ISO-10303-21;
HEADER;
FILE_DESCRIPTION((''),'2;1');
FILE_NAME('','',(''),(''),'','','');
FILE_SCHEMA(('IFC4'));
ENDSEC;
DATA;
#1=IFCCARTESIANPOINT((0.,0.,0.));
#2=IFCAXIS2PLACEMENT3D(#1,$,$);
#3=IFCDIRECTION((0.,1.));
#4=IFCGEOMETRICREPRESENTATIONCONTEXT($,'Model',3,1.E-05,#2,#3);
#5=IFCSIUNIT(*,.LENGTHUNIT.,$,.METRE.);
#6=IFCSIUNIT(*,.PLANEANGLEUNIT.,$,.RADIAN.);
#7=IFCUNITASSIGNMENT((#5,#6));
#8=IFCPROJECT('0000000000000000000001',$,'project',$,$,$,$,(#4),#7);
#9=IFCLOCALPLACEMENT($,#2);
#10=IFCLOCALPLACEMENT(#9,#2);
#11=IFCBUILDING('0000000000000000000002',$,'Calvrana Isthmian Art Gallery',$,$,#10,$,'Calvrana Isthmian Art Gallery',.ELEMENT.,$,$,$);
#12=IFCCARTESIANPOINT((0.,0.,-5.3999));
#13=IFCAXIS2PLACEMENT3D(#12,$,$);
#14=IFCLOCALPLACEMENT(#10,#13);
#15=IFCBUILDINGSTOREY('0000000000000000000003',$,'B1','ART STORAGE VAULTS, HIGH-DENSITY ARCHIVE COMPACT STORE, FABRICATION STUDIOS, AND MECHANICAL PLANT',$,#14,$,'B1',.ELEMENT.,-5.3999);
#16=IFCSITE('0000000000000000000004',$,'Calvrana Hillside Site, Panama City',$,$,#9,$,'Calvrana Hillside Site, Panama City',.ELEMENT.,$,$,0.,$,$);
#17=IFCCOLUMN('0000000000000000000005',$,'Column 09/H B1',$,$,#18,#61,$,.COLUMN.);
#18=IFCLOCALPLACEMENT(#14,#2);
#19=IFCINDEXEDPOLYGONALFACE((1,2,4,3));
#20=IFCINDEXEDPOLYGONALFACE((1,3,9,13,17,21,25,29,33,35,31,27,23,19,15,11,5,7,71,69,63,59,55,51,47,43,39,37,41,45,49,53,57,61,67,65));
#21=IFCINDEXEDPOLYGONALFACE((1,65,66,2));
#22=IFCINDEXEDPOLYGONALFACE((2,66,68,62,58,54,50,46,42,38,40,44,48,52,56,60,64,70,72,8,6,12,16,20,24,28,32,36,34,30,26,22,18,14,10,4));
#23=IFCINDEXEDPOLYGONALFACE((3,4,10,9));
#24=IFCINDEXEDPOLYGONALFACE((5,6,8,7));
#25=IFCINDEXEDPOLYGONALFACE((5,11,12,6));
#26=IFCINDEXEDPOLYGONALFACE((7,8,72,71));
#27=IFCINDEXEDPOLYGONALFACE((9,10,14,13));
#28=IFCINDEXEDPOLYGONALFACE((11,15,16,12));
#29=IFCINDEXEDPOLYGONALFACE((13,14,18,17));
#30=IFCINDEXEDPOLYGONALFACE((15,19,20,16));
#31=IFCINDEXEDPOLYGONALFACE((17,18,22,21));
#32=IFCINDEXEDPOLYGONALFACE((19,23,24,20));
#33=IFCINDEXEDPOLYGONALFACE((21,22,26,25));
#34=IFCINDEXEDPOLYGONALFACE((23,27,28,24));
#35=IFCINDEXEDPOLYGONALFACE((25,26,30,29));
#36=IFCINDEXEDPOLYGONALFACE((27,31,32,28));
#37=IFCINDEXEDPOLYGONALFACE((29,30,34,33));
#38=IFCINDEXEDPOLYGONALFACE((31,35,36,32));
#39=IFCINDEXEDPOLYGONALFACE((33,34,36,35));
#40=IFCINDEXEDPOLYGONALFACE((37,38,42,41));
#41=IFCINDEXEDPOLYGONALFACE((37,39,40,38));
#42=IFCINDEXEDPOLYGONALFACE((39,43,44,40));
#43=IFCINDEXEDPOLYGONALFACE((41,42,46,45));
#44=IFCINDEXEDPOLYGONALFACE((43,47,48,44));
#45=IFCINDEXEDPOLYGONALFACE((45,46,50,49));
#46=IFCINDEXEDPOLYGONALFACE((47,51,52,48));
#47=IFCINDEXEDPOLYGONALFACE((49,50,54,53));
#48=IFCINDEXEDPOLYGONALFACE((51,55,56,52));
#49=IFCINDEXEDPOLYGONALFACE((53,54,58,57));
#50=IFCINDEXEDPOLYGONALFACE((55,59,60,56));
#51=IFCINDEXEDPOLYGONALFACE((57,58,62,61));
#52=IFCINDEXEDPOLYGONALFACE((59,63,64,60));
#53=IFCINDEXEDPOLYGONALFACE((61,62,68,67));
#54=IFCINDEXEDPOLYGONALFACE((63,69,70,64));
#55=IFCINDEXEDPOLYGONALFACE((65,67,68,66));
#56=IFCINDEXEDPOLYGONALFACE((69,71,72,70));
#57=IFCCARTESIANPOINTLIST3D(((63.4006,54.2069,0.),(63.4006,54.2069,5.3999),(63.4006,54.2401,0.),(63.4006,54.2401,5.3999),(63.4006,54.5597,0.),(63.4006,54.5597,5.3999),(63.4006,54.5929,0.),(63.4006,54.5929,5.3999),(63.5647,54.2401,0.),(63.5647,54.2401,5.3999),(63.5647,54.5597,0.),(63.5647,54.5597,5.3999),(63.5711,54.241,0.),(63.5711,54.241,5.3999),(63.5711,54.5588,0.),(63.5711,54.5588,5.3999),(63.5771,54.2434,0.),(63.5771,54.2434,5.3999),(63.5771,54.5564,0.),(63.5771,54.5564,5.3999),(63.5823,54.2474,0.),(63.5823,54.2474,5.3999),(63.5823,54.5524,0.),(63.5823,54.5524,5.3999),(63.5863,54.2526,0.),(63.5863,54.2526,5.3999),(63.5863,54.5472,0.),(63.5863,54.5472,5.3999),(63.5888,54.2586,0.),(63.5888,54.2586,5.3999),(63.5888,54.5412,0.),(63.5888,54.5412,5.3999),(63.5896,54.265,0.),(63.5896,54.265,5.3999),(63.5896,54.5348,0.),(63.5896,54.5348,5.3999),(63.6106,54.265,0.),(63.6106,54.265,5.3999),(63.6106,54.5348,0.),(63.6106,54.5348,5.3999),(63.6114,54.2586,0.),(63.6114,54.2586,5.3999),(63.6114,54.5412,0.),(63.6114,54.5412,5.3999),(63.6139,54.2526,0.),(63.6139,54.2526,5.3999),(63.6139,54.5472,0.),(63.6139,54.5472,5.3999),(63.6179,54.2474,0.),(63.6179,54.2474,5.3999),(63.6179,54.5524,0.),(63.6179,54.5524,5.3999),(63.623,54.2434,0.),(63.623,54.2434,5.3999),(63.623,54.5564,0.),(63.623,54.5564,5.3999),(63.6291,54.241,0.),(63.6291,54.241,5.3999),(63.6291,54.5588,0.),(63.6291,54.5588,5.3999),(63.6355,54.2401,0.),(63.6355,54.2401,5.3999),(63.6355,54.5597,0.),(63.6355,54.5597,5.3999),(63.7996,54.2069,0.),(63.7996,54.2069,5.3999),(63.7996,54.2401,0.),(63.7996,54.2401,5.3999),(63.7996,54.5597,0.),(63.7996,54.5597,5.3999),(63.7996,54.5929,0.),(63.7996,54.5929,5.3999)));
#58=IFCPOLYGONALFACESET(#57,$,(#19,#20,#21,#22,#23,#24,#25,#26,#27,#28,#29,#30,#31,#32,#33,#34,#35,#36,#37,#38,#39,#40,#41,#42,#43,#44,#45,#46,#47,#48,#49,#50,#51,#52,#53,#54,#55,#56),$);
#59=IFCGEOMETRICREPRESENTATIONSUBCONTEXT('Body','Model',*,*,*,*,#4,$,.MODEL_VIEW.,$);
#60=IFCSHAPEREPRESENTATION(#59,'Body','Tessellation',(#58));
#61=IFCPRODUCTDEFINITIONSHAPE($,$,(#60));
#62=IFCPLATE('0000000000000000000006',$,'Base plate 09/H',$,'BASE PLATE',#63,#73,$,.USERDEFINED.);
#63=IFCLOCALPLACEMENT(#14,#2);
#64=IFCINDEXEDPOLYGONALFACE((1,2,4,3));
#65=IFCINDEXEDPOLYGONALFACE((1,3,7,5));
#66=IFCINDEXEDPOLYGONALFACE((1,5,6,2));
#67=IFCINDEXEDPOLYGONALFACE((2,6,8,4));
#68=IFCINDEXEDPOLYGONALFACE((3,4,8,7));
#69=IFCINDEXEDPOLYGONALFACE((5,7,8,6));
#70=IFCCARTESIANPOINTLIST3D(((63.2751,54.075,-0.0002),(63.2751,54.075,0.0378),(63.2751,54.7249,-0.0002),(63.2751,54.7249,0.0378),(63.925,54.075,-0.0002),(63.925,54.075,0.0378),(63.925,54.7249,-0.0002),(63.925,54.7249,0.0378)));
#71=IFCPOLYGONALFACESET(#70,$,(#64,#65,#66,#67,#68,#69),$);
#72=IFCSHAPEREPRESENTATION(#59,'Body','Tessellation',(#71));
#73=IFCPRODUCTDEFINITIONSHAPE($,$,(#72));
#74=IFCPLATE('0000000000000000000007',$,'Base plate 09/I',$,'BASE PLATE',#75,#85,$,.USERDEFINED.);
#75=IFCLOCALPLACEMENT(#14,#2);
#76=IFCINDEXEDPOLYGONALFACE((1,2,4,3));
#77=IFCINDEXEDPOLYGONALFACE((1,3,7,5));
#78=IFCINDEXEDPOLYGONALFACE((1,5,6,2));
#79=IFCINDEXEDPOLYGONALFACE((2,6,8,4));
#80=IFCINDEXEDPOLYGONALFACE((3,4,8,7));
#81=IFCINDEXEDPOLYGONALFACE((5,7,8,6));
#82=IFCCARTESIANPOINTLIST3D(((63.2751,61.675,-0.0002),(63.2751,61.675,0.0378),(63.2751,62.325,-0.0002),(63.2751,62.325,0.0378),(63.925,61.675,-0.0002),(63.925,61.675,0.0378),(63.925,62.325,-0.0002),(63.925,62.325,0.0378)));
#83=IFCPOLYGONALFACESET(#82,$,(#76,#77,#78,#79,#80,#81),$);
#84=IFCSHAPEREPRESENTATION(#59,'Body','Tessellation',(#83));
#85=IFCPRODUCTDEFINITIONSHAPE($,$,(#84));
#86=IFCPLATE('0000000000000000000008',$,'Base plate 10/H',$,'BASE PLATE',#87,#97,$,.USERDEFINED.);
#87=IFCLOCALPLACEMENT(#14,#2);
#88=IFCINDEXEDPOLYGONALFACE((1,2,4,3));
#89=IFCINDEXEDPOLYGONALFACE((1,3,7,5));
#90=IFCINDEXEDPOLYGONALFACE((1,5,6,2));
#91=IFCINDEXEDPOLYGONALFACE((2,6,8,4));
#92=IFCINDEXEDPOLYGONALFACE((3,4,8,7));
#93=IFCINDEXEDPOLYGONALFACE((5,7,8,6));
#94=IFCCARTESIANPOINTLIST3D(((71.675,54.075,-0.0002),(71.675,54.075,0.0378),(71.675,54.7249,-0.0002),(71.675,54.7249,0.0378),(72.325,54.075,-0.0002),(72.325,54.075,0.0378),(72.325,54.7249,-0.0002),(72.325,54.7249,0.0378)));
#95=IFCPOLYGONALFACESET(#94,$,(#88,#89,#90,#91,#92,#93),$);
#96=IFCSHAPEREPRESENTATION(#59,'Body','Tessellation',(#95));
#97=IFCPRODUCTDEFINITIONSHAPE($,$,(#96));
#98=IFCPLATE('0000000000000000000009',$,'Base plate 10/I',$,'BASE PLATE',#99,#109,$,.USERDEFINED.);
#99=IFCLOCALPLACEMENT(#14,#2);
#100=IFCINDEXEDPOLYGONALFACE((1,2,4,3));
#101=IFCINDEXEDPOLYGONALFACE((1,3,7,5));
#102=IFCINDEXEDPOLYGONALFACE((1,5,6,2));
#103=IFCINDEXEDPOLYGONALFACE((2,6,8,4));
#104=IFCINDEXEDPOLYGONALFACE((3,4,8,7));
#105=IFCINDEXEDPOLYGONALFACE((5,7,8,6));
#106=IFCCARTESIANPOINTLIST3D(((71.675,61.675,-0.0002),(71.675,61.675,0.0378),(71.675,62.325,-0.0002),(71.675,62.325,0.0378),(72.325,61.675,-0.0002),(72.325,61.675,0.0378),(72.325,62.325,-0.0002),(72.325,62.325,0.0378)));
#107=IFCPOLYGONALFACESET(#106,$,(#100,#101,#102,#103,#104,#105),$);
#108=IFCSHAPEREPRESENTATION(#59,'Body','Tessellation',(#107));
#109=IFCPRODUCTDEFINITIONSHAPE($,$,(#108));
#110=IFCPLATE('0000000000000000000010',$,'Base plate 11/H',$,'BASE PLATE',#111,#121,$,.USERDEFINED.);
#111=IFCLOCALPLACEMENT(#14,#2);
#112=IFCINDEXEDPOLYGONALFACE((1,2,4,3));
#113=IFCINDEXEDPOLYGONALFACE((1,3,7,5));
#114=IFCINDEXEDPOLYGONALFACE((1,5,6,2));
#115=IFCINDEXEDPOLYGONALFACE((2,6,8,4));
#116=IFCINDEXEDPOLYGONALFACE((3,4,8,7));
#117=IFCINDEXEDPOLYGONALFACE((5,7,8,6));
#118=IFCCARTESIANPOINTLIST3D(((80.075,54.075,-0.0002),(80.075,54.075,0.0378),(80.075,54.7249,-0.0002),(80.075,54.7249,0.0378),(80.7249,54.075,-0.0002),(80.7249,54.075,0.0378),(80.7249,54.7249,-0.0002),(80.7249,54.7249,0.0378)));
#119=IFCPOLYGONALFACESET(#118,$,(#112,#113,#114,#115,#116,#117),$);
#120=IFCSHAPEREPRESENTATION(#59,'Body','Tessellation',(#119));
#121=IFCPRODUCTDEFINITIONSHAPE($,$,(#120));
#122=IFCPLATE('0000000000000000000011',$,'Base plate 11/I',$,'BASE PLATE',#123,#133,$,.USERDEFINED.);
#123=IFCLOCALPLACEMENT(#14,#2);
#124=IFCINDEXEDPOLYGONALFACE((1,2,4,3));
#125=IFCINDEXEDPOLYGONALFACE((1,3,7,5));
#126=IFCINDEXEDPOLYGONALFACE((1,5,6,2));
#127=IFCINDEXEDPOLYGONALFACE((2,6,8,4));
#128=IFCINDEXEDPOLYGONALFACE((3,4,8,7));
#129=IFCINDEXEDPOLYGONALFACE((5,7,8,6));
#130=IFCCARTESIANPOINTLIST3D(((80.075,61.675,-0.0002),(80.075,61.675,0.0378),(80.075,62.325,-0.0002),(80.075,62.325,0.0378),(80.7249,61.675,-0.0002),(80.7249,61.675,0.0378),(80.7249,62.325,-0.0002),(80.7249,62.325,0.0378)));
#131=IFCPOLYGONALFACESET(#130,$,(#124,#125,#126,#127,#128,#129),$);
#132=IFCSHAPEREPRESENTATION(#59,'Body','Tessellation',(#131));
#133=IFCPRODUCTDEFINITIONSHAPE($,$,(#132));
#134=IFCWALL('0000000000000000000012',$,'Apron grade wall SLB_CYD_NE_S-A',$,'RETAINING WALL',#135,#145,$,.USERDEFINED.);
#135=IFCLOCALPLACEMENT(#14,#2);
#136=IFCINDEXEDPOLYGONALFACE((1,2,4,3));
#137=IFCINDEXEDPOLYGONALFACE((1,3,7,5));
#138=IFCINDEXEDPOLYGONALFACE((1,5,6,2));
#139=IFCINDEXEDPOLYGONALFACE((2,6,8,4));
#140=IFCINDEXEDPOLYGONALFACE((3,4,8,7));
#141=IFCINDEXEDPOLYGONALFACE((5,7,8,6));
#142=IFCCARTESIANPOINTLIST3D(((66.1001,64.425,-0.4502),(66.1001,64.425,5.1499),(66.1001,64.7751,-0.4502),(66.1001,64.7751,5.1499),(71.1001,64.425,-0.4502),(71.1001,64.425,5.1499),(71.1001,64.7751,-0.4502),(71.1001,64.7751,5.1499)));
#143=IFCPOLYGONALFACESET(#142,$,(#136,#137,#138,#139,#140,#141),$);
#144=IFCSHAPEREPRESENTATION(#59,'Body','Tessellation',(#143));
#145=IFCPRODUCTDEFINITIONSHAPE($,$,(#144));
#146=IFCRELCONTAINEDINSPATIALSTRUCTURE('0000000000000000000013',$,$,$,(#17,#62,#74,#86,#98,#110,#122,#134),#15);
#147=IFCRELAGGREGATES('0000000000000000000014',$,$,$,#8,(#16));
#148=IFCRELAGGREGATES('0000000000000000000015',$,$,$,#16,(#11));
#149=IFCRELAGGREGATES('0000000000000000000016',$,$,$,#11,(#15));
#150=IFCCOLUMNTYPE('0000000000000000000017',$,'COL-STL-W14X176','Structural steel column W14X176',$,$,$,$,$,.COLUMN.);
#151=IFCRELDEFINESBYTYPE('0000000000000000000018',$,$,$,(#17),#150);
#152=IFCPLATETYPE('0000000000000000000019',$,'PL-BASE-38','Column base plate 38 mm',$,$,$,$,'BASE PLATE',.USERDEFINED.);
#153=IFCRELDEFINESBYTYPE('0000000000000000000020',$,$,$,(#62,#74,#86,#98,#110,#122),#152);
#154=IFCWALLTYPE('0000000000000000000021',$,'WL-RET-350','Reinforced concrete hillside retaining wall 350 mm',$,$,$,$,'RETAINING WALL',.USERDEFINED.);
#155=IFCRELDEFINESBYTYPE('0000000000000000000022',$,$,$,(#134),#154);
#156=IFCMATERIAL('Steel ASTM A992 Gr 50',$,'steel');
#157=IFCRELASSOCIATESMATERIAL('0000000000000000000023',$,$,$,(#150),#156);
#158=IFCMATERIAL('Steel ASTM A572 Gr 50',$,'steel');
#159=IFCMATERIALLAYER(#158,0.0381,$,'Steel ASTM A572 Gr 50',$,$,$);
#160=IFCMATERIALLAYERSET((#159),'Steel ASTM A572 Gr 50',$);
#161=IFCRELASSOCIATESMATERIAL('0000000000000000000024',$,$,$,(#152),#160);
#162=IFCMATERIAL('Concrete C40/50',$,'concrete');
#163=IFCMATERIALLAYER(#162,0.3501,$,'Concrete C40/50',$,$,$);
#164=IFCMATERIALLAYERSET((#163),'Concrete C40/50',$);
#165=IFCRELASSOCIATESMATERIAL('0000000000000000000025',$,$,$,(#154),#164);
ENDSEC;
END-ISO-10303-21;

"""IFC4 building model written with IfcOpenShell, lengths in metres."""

from ifc_helpers import new_model, si_unit, direction, frame, frame_2d, origin, origin_2d, place, context, subcontext, project, spatial, rectangle, i_section, extrude, material, layer, layer_set, material_profile, profile_set, type_object, element, save


model = new_model("IFC4")

# Units and contexts
model_context = context("Model", 3, precision=1e-05, world=origin(), true_north=direction((0.0, 1.0)))
body_context = subcontext(model_context, "Body", "Model", "MODEL_VIEW")
ifc_project = project(units=[si_unit("LENGTHUNIT", "METRE"), si_unit("PLANEANGLEUNIT", "RADIAN")], contexts=[model_context])

# Site, building, storey
site_placement = place(None, origin())
site = spatial("IfcSite", under=ifc_project, at=site_placement, Name="Calvrana Hillside Site, Panama City", LongName="Calvrana Hillside Site, Panama City", CompositionType="ELEMENT", RefElevation=0.0)
building_placement = place(site_placement, origin())
building = spatial("IfcBuilding", under=site, at=building_placement, Name="Calvrana Isthmian Art Gallery", LongName="Calvrana Isthmian Art Gallery", CompositionType="ELEMENT")
storey_placement = place(building_placement, frame((0.0, 0.0, -5.3999)))
storey = spatial("IfcBuildingStorey", under=building, at=storey_placement, Name="B1", Description="ART STORAGE VAULTS, HIGH-DENSITY ARCHIVE COMPACT STORE, FABRICATION STUDIOS, AND MECHANICAL PLANT", LongName="B1", CompositionType="ELEMENT", Elevation=-5.3999)

# Column
ifc_material_1 = material(Name="Steel ASTM A992 Gr 50", Category="steel")
ifc_material_profile_1 = material_profile(ifc_material_1, i_section(OverallWidth=0.3989, OverallDepth=0.386, WebThickness=0.021, FlangeThickness=0.0332, FilletRadius=0.0249, at=origin_2d()), Name="W14X176")
ifc_profile_set_1 = profile_set([ifc_material_profile_1], Name="Steel ASTM A992 Gr 50")
column_type_1 = type_object("IfcColumnType", Name="COL-STL-W14X176", Description="Structural steel column W14X176", PredefinedType="COLUMN", material=ifc_profile_set_1)
column_1_placement = place(storey_placement, frame((63.6001, 54.3999, 0.0), z_axis=(0.0, 0.0, 1.0), x_axis=(1.0, 0.0, 0.0)))
element("IfcColumn", 1, at=column_1_placement, inside=storey, type_object=column_type_1, Name="Column 09/H B1", PredefinedType="COLUMN", context=body_context, shape_type="SweptSolid", body=[
    extrude(i_section(OverallWidth=0.3989, OverallDepth=0.386, WebThickness=0.021, FlangeThickness=0.0332, FilletRadius=0.0249, at=origin_2d()), origin(), (0.0, 0.0, 1.0), 5.3999),
])

# Plates
ifc_material_2 = material(Name="Steel ASTM A572 Gr 50", Category="steel")
ifc_layer_1 = layer(ifc_material_2, 0.0381, Name="Steel ASTM A572 Gr 50")
ifc_layer_set_1 = layer_set([ifc_layer_1], Name="Steel ASTM A572 Gr 50")
plate_type = type_object("IfcPlateType", Name="PL-BASE-38", Description="Column base plate 38 mm", ElementType="BASE PLATE", PredefinedType="USERDEFINED", material=ifc_layer_set_1)
for number, where, z_axis, x_axis, name in (
    (2, (63.6001, 54.3999, -0.0002), (0.0, 0.0, 1.0), (1.0, 0.0, 0.0), "Base plate 09/H"),
    (3, (63.6001, 62.0, -0.0002), (0.0, 0.0, 1.0), (1.0, 0.0, 0.0), "Base plate 09/I"),
    (4, (72.0, 54.3999, -0.0002), (0.0, 0.0, 1.0), (1.0, 0.0, 0.0), "Base plate 10/H"),
    (5, (72.0, 62.0, -0.0002), (0.0, 0.0, 1.0), (1.0, 0.0, 0.0), "Base plate 10/I"),
    (6, (80.3999, 54.3999, -0.0002), (0.0, 0.0, 1.0), (1.0, 0.0, 0.0), "Base plate 11/H"),
    (7, (80.3999, 62.0, -0.0002), (0.0, 0.0, 1.0), (1.0, 0.0, 0.0), "Base plate 11/I"),
):
    element("IfcPlate", number, at=place(storey_placement, frame(where, z_axis=z_axis, x_axis=x_axis)), inside=storey, type_object=plate_type, Name=name, ObjectType="BASE PLATE", PredefinedType="USERDEFINED", context=body_context, shape_type="SweptSolid", body=[
        extrude(rectangle(XDim=0.6499, YDim=0.6499, at=origin_2d()), origin(), (0.0, 0.0, 1.0), 0.0381),
    ])

# Wall
ifc_material_3 = material(Name="Concrete C40/50", Category="concrete")
ifc_layer_2 = layer(ifc_material_3, 0.3501, Name="Concrete C40/50")
ifc_layer_set_2 = layer_set([ifc_layer_2], Name="Concrete C40/50")
wall_type = type_object("IfcWallType", Name="WL-RET-350", Description="Reinforced concrete hillside retaining wall 350 mm", ElementType="RETAINING WALL", PredefinedType="USERDEFINED", material=ifc_layer_set_2)
wall_placement = place(storey_placement, frame((66.1001, 64.6001, -0.4502), z_axis=(0.0, 0.0, 1.0), x_axis=(1.0, 0.0, 0.0)))
element("IfcWall", 8, at=wall_placement, inside=storey, type_object=wall_type, Name="Apron grade wall SLB_CYD_NE_S-A", ObjectType="RETAINING WALL", PredefinedType="USERDEFINED", context=body_context, shape_type="SweptSolid", body=[
    extrude(rectangle(XDim=5.0, YDim=0.3501, at=frame_2d((2.5, 0.0))), origin(), (0.0, 0.0, 1.0), 5.6001),
])

save(model, "model.ifc")
